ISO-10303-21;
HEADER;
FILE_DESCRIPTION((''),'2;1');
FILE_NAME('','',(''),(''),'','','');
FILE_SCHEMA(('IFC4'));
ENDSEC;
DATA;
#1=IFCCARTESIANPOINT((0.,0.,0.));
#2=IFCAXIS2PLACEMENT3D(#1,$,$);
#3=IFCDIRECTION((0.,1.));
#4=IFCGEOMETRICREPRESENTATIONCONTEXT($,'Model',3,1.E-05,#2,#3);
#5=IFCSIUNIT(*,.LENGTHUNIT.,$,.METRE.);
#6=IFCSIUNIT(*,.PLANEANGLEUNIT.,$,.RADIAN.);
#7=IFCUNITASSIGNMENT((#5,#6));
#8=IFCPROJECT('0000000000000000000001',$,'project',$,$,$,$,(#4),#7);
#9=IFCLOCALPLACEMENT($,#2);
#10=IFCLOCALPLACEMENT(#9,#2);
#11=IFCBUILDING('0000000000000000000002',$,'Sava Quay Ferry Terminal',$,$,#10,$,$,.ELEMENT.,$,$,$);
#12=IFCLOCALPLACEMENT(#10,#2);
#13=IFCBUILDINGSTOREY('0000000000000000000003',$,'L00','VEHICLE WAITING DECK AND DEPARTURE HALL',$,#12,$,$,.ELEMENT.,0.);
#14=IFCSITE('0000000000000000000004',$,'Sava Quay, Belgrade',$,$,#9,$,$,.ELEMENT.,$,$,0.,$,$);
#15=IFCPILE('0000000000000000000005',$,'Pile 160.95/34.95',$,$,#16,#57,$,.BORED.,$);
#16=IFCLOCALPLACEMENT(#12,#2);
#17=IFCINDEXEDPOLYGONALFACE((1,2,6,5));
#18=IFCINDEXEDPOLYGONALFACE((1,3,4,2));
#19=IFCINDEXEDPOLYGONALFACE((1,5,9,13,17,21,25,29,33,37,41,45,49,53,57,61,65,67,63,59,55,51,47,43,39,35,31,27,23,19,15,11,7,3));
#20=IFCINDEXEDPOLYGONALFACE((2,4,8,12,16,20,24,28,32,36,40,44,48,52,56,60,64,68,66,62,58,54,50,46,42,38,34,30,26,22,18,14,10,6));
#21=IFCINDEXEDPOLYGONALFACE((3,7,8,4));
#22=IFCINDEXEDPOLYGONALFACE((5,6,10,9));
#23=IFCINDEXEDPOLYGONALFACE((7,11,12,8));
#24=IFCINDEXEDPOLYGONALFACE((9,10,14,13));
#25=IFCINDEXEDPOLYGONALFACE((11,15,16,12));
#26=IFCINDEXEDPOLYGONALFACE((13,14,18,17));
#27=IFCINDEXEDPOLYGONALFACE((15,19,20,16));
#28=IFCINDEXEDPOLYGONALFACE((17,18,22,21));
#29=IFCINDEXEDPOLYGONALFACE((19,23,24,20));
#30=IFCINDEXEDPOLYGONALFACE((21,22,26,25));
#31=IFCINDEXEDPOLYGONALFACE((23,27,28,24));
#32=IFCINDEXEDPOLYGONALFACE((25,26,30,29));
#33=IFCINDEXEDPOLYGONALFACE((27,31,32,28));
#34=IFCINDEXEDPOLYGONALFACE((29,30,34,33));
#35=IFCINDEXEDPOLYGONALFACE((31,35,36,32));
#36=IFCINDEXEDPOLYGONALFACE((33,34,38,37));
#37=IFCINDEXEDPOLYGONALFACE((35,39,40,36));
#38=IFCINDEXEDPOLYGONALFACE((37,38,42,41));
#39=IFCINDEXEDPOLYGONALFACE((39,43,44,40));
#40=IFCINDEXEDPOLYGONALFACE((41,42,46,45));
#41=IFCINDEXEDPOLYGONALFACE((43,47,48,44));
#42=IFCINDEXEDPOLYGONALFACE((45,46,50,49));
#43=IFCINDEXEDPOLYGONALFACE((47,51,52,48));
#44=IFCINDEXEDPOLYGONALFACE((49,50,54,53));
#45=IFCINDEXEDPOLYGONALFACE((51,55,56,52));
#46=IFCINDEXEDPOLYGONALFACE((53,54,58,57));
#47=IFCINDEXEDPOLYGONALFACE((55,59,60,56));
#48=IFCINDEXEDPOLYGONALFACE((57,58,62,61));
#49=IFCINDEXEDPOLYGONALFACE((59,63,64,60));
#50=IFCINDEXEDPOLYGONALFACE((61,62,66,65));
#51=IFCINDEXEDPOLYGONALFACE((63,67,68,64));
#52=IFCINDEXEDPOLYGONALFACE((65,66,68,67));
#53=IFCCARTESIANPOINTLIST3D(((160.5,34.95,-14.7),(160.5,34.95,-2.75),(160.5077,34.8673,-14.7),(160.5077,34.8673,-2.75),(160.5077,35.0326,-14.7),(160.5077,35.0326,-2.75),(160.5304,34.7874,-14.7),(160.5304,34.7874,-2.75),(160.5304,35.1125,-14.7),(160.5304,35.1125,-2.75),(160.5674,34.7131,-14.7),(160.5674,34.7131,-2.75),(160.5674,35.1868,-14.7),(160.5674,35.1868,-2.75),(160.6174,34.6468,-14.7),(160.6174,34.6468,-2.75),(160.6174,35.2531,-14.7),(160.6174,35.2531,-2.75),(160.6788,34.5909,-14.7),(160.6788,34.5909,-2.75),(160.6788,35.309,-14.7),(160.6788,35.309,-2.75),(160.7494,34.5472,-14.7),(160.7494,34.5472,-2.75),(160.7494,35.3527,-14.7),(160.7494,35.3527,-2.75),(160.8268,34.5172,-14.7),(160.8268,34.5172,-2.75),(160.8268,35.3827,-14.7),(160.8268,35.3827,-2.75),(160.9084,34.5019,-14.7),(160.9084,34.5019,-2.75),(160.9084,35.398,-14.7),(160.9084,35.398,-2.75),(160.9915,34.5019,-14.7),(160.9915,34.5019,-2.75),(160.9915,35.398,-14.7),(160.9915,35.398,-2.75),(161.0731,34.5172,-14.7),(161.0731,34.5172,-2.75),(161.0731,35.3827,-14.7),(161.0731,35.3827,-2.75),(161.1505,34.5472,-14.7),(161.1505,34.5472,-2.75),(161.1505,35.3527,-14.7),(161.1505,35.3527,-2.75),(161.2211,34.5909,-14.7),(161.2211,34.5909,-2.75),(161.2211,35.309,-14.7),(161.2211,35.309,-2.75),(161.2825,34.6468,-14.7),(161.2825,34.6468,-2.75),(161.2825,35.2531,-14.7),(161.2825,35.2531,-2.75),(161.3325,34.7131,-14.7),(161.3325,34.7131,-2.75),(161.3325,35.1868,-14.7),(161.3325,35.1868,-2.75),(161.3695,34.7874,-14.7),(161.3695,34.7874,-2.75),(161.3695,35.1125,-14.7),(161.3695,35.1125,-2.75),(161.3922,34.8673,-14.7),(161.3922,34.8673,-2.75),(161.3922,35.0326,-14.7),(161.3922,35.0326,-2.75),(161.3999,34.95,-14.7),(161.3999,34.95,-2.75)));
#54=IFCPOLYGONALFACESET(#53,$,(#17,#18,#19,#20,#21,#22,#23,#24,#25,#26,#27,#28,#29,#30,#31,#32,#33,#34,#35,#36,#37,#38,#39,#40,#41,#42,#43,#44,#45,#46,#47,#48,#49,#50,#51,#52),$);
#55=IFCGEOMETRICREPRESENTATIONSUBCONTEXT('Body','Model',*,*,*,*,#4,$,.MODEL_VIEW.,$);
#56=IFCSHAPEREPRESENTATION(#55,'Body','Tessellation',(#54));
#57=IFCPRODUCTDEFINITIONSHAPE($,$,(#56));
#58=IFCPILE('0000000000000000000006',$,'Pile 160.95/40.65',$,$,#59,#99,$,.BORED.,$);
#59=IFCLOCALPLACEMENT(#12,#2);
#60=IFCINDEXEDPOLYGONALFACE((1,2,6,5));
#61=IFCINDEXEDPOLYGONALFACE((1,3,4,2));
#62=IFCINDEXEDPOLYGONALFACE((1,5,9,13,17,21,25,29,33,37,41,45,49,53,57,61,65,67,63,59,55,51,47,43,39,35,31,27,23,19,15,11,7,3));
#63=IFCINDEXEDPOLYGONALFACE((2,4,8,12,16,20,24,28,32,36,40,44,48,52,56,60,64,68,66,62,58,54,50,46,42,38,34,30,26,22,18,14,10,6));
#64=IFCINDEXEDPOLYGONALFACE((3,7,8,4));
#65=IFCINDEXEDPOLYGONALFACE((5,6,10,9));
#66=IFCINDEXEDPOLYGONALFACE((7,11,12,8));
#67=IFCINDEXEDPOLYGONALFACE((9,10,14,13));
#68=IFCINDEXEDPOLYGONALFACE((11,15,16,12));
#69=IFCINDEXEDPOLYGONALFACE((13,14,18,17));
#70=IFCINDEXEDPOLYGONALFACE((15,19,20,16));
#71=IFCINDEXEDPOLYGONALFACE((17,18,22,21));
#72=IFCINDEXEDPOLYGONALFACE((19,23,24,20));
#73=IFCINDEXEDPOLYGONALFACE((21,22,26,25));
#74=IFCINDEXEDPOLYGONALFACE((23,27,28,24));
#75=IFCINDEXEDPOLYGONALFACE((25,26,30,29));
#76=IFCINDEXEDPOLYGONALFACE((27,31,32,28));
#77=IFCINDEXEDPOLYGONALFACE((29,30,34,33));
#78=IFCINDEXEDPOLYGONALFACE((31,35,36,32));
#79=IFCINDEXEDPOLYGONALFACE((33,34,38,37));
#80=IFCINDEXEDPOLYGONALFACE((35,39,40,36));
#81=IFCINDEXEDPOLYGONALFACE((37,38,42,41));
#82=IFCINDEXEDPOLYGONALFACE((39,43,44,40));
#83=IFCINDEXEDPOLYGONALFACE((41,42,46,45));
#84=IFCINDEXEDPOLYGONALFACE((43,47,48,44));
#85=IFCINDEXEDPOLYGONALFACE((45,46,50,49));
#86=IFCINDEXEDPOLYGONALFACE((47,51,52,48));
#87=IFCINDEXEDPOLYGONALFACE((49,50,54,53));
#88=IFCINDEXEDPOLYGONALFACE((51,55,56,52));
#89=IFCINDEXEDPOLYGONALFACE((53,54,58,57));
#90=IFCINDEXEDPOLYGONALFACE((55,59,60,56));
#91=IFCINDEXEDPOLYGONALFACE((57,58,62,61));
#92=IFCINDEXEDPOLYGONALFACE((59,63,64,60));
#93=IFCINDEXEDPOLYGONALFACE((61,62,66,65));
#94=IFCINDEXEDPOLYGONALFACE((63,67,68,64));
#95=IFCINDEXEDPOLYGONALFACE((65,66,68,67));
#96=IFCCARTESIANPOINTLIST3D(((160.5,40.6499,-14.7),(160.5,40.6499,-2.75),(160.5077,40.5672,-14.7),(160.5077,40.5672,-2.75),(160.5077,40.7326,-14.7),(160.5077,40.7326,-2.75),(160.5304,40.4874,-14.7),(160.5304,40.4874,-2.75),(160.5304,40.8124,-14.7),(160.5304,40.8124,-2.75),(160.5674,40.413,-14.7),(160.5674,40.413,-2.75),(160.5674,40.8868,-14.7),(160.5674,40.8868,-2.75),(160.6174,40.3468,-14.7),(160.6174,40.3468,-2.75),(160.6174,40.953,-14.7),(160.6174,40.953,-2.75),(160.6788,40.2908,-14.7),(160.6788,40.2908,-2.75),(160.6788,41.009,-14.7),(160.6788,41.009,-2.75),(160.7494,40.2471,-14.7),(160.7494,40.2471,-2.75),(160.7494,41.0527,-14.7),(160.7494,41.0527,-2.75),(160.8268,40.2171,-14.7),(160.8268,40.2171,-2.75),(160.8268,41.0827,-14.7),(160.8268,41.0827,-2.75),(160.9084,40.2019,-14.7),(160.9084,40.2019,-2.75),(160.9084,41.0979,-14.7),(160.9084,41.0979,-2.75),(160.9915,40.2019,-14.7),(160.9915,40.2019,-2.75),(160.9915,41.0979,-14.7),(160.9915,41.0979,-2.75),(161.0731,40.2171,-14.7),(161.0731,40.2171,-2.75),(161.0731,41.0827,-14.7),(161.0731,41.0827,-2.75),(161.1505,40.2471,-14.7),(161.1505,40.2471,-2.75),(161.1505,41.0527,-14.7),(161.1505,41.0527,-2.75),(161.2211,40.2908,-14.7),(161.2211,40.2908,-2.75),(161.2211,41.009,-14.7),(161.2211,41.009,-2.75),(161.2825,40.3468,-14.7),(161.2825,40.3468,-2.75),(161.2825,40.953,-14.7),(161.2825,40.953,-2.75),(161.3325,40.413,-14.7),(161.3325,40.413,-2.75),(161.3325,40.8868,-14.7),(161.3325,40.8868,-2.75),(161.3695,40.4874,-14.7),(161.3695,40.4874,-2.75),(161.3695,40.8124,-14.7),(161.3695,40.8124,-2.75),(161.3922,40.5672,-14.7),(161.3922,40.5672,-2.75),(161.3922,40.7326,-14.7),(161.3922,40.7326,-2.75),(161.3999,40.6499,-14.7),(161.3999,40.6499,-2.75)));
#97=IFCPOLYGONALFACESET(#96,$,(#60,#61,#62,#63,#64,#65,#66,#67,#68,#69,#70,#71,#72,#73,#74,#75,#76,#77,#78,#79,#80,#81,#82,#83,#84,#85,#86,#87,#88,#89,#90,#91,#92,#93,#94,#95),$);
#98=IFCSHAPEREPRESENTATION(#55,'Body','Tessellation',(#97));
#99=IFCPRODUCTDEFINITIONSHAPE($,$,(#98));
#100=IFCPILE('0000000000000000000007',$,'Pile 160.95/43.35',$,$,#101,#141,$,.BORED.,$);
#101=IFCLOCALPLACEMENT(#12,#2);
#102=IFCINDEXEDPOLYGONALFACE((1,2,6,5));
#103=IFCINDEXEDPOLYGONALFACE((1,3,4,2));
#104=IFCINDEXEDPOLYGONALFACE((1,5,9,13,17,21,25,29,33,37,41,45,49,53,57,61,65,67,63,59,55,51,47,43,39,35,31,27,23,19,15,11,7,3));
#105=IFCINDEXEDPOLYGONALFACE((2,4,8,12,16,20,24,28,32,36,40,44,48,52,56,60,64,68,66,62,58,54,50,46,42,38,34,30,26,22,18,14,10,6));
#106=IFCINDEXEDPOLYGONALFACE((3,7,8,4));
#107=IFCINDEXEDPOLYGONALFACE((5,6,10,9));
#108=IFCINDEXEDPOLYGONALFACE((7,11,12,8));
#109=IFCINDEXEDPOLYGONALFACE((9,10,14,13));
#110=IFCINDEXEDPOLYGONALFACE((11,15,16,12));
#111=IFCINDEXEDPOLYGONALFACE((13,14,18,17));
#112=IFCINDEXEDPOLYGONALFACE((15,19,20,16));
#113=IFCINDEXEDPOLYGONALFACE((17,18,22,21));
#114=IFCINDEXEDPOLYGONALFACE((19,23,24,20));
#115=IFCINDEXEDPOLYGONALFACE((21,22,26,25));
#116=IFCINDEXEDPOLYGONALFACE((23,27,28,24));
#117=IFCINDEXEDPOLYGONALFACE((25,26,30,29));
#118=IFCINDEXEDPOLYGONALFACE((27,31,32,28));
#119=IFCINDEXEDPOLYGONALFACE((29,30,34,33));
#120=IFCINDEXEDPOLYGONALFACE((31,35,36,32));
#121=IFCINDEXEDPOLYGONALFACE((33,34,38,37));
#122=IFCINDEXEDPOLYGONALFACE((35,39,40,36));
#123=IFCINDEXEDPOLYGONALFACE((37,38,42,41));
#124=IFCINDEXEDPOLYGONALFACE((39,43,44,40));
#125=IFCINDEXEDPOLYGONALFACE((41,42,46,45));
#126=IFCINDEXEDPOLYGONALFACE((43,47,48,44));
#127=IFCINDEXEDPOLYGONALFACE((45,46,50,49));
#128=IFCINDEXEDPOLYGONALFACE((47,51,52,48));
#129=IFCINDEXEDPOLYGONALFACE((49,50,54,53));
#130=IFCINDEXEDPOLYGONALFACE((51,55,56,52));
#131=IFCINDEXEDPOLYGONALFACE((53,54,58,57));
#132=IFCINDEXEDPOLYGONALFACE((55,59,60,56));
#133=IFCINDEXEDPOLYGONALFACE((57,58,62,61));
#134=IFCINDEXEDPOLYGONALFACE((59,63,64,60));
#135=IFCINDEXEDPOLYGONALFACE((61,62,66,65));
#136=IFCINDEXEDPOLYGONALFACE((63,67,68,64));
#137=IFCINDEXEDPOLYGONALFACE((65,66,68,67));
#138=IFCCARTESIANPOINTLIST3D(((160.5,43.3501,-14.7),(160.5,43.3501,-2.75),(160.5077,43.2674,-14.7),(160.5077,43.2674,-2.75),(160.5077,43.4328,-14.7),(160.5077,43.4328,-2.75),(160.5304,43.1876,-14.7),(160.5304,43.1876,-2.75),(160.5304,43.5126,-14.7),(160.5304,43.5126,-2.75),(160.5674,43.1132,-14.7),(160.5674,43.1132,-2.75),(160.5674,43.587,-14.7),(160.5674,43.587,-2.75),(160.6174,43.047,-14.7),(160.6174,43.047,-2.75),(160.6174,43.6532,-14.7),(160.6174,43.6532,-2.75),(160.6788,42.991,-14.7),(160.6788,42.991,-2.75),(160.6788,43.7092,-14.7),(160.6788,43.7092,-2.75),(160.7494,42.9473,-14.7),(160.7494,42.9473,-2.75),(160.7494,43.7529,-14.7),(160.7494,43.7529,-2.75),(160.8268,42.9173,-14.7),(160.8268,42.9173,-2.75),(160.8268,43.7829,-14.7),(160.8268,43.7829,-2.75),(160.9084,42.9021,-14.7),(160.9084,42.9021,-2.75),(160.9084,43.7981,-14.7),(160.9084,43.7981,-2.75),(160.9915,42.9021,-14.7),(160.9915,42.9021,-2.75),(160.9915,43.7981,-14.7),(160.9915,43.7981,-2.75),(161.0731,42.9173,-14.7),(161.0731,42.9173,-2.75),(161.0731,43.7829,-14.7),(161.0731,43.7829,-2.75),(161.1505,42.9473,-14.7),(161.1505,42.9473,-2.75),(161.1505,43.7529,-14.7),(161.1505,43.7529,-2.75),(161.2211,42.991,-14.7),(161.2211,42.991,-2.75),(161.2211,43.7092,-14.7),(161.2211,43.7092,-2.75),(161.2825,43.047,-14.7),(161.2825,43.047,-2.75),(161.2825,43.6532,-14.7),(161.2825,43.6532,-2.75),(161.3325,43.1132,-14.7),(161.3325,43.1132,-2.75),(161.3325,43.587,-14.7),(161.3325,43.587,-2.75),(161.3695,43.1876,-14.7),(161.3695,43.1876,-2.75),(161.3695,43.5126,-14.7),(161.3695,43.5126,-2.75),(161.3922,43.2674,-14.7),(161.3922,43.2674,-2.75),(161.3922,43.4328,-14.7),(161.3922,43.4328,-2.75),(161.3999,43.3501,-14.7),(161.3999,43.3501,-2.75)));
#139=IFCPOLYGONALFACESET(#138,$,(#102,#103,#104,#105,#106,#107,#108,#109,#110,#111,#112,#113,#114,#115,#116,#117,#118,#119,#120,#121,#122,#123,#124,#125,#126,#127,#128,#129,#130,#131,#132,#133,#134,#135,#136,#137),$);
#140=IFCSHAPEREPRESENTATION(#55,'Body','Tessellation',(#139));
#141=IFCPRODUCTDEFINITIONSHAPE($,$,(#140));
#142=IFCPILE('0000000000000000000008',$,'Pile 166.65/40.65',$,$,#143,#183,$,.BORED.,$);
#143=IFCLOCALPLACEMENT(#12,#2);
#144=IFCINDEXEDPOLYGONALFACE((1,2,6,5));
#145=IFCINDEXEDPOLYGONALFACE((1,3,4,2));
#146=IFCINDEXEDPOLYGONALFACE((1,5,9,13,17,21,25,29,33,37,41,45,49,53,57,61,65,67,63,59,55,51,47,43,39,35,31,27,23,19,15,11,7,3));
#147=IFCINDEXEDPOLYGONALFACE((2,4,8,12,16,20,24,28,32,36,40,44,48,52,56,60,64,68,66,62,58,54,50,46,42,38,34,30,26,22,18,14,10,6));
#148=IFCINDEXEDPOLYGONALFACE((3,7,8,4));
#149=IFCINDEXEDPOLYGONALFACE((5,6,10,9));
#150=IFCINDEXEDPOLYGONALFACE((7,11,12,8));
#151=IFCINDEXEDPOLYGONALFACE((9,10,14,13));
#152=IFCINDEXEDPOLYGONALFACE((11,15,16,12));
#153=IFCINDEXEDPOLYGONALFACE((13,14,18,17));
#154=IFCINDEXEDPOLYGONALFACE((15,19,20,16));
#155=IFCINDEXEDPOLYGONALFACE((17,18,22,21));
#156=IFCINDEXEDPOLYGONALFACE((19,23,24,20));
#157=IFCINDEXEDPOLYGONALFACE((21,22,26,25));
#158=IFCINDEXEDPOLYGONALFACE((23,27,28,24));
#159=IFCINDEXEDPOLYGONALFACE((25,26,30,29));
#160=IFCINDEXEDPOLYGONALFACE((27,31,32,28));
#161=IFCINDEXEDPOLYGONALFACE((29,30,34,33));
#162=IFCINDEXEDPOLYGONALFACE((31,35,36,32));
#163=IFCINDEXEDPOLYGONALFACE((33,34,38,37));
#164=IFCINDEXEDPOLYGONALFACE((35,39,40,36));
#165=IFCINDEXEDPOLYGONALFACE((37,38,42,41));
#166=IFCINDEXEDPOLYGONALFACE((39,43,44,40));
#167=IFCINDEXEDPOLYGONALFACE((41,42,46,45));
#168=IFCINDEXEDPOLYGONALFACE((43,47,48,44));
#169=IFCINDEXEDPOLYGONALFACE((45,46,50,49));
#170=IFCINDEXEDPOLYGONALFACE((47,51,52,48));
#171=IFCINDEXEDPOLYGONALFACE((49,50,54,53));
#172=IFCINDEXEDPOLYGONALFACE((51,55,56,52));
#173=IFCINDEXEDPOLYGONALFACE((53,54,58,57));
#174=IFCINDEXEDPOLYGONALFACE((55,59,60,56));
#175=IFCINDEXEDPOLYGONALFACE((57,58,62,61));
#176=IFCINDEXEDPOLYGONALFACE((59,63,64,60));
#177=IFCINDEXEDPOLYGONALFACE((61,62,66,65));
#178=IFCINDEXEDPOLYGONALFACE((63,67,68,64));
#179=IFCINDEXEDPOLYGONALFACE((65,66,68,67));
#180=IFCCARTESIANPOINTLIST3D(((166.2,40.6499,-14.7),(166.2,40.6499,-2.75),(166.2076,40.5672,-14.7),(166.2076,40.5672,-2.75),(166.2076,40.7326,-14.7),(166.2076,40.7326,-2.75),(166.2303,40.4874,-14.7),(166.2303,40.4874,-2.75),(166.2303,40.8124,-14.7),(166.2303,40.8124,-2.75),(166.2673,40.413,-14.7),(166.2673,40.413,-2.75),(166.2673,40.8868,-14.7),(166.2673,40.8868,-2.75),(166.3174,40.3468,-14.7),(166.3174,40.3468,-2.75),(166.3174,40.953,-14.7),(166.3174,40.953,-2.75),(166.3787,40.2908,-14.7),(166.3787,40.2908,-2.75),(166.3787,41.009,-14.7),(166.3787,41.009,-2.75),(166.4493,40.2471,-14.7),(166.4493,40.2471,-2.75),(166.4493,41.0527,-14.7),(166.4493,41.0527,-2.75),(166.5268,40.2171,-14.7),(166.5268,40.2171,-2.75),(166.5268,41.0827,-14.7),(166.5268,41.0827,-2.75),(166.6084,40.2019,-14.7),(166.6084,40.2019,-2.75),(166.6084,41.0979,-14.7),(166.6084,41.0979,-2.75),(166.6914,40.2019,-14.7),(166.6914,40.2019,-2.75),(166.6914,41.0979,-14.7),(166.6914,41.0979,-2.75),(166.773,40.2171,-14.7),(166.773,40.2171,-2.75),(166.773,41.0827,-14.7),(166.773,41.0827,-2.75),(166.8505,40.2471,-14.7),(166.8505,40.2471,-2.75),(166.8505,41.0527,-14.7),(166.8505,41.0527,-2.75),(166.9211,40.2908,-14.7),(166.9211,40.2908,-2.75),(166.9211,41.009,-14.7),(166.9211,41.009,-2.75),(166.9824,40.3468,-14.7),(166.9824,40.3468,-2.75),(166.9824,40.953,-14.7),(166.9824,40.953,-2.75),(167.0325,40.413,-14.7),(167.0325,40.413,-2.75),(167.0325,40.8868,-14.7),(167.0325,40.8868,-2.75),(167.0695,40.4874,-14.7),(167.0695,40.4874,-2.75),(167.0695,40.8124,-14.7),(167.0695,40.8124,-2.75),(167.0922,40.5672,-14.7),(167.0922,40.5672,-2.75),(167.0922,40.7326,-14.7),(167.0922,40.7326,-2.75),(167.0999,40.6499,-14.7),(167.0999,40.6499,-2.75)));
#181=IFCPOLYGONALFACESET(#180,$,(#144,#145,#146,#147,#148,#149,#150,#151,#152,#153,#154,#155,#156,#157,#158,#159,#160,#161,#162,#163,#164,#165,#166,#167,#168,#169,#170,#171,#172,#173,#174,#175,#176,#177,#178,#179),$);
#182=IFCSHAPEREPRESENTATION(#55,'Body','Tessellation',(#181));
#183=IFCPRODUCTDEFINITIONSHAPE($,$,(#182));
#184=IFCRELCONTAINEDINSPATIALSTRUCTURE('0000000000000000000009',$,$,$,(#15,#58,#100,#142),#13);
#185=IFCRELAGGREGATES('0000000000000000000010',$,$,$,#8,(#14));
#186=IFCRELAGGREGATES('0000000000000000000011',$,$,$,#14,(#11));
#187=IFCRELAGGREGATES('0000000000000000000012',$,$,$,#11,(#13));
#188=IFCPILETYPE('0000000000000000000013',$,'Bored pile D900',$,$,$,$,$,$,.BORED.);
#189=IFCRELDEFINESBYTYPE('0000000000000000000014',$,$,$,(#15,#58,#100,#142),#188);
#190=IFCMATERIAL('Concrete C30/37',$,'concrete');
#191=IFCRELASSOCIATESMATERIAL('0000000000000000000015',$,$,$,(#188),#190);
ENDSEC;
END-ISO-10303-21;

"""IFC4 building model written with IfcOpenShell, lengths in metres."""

from ifc_helpers import new_model, si_unit, direction, frame, origin, origin_2d, place, context, subcontext, project, spatial, circle, extrude, material, material_profile, profile_set, type_object, element, save


model = new_model("IFC4")

# Units and contexts
model_context = context("Model", 3, precision=1e-05, world=origin(), true_north=direction((0.0, 1.0)))
body_context = subcontext(model_context, "Body", "Model", "MODEL_VIEW")
ifc_project = project(units=[si_unit("LENGTHUNIT", "METRE"), si_unit("PLANEANGLEUNIT", "RADIAN")], contexts=[model_context])

# Site, building, storey
site_placement = place(None, origin())
site = spatial("IfcSite", under=ifc_project, at=site_placement, Name="Sava Quay, Belgrade", CompositionType="ELEMENT", RefElevation=0.0)
building_placement = place(site_placement, origin())
building = spatial("IfcBuilding", under=site, at=building_placement, Name="Sava Quay Ferry Terminal", CompositionType="ELEMENT")
storey_placement = place(building_placement, origin())
storey = spatial("IfcBuildingStorey", under=building, at=storey_placement, Name="L00", Description="VEHICLE WAITING DECK AND DEPARTURE HALL", CompositionType="ELEMENT", Elevation=0.0)

# Piles
ifc_material_1 = material(Name="Concrete C30/37", Category="concrete")
ifc_material_profile_1 = material_profile(ifc_material_1, circle(Radius=0.45, at=origin_2d()), Name="Bored pile D900")
ifc_profile_set_1 = profile_set([ifc_material_profile_1], Name="Concrete C30/37")
pile_type = type_object("IfcPileType", Name="Bored pile D900", PredefinedType="BORED", material=ifc_profile_set_1)
for number, where, z_axis, x_axis, name in (
    (1, (160.95, 34.95, -2.75), (0.0, 0.0, -1.0), (1.0, 0.0, 0.0), "Pile 160.95/34.95"),
    (2, (160.95, 40.6499, -2.75), (0.0, 0.0, -1.0), (1.0, 0.0, 0.0), "Pile 160.95/40.65"),
    (3, (160.95, 43.3501, -2.75), (0.0, 0.0, -1.0), (1.0, 0.0, 0.0), "Pile 160.95/43.35"),
    (4, (166.6499, 40.6499, -2.75), (0.0, 0.0, -1.0), (1.0, 0.0, 0.0), "Pile 166.65/40.65"),
):
    element("IfcPile", number, at=place(storey_placement, frame(where, z_axis=z_axis, x_axis=x_axis)), inside=storey, type_object=pile_type, Name=name, PredefinedType="BORED", context=body_context, shape_type="SweptSolid", body=[
        extrude(circle(Radius=0.45, at=origin_2d()), origin(), (0.0, 0.0, 1.0), 11.95),
    ])

save(model, "model.ifc")
